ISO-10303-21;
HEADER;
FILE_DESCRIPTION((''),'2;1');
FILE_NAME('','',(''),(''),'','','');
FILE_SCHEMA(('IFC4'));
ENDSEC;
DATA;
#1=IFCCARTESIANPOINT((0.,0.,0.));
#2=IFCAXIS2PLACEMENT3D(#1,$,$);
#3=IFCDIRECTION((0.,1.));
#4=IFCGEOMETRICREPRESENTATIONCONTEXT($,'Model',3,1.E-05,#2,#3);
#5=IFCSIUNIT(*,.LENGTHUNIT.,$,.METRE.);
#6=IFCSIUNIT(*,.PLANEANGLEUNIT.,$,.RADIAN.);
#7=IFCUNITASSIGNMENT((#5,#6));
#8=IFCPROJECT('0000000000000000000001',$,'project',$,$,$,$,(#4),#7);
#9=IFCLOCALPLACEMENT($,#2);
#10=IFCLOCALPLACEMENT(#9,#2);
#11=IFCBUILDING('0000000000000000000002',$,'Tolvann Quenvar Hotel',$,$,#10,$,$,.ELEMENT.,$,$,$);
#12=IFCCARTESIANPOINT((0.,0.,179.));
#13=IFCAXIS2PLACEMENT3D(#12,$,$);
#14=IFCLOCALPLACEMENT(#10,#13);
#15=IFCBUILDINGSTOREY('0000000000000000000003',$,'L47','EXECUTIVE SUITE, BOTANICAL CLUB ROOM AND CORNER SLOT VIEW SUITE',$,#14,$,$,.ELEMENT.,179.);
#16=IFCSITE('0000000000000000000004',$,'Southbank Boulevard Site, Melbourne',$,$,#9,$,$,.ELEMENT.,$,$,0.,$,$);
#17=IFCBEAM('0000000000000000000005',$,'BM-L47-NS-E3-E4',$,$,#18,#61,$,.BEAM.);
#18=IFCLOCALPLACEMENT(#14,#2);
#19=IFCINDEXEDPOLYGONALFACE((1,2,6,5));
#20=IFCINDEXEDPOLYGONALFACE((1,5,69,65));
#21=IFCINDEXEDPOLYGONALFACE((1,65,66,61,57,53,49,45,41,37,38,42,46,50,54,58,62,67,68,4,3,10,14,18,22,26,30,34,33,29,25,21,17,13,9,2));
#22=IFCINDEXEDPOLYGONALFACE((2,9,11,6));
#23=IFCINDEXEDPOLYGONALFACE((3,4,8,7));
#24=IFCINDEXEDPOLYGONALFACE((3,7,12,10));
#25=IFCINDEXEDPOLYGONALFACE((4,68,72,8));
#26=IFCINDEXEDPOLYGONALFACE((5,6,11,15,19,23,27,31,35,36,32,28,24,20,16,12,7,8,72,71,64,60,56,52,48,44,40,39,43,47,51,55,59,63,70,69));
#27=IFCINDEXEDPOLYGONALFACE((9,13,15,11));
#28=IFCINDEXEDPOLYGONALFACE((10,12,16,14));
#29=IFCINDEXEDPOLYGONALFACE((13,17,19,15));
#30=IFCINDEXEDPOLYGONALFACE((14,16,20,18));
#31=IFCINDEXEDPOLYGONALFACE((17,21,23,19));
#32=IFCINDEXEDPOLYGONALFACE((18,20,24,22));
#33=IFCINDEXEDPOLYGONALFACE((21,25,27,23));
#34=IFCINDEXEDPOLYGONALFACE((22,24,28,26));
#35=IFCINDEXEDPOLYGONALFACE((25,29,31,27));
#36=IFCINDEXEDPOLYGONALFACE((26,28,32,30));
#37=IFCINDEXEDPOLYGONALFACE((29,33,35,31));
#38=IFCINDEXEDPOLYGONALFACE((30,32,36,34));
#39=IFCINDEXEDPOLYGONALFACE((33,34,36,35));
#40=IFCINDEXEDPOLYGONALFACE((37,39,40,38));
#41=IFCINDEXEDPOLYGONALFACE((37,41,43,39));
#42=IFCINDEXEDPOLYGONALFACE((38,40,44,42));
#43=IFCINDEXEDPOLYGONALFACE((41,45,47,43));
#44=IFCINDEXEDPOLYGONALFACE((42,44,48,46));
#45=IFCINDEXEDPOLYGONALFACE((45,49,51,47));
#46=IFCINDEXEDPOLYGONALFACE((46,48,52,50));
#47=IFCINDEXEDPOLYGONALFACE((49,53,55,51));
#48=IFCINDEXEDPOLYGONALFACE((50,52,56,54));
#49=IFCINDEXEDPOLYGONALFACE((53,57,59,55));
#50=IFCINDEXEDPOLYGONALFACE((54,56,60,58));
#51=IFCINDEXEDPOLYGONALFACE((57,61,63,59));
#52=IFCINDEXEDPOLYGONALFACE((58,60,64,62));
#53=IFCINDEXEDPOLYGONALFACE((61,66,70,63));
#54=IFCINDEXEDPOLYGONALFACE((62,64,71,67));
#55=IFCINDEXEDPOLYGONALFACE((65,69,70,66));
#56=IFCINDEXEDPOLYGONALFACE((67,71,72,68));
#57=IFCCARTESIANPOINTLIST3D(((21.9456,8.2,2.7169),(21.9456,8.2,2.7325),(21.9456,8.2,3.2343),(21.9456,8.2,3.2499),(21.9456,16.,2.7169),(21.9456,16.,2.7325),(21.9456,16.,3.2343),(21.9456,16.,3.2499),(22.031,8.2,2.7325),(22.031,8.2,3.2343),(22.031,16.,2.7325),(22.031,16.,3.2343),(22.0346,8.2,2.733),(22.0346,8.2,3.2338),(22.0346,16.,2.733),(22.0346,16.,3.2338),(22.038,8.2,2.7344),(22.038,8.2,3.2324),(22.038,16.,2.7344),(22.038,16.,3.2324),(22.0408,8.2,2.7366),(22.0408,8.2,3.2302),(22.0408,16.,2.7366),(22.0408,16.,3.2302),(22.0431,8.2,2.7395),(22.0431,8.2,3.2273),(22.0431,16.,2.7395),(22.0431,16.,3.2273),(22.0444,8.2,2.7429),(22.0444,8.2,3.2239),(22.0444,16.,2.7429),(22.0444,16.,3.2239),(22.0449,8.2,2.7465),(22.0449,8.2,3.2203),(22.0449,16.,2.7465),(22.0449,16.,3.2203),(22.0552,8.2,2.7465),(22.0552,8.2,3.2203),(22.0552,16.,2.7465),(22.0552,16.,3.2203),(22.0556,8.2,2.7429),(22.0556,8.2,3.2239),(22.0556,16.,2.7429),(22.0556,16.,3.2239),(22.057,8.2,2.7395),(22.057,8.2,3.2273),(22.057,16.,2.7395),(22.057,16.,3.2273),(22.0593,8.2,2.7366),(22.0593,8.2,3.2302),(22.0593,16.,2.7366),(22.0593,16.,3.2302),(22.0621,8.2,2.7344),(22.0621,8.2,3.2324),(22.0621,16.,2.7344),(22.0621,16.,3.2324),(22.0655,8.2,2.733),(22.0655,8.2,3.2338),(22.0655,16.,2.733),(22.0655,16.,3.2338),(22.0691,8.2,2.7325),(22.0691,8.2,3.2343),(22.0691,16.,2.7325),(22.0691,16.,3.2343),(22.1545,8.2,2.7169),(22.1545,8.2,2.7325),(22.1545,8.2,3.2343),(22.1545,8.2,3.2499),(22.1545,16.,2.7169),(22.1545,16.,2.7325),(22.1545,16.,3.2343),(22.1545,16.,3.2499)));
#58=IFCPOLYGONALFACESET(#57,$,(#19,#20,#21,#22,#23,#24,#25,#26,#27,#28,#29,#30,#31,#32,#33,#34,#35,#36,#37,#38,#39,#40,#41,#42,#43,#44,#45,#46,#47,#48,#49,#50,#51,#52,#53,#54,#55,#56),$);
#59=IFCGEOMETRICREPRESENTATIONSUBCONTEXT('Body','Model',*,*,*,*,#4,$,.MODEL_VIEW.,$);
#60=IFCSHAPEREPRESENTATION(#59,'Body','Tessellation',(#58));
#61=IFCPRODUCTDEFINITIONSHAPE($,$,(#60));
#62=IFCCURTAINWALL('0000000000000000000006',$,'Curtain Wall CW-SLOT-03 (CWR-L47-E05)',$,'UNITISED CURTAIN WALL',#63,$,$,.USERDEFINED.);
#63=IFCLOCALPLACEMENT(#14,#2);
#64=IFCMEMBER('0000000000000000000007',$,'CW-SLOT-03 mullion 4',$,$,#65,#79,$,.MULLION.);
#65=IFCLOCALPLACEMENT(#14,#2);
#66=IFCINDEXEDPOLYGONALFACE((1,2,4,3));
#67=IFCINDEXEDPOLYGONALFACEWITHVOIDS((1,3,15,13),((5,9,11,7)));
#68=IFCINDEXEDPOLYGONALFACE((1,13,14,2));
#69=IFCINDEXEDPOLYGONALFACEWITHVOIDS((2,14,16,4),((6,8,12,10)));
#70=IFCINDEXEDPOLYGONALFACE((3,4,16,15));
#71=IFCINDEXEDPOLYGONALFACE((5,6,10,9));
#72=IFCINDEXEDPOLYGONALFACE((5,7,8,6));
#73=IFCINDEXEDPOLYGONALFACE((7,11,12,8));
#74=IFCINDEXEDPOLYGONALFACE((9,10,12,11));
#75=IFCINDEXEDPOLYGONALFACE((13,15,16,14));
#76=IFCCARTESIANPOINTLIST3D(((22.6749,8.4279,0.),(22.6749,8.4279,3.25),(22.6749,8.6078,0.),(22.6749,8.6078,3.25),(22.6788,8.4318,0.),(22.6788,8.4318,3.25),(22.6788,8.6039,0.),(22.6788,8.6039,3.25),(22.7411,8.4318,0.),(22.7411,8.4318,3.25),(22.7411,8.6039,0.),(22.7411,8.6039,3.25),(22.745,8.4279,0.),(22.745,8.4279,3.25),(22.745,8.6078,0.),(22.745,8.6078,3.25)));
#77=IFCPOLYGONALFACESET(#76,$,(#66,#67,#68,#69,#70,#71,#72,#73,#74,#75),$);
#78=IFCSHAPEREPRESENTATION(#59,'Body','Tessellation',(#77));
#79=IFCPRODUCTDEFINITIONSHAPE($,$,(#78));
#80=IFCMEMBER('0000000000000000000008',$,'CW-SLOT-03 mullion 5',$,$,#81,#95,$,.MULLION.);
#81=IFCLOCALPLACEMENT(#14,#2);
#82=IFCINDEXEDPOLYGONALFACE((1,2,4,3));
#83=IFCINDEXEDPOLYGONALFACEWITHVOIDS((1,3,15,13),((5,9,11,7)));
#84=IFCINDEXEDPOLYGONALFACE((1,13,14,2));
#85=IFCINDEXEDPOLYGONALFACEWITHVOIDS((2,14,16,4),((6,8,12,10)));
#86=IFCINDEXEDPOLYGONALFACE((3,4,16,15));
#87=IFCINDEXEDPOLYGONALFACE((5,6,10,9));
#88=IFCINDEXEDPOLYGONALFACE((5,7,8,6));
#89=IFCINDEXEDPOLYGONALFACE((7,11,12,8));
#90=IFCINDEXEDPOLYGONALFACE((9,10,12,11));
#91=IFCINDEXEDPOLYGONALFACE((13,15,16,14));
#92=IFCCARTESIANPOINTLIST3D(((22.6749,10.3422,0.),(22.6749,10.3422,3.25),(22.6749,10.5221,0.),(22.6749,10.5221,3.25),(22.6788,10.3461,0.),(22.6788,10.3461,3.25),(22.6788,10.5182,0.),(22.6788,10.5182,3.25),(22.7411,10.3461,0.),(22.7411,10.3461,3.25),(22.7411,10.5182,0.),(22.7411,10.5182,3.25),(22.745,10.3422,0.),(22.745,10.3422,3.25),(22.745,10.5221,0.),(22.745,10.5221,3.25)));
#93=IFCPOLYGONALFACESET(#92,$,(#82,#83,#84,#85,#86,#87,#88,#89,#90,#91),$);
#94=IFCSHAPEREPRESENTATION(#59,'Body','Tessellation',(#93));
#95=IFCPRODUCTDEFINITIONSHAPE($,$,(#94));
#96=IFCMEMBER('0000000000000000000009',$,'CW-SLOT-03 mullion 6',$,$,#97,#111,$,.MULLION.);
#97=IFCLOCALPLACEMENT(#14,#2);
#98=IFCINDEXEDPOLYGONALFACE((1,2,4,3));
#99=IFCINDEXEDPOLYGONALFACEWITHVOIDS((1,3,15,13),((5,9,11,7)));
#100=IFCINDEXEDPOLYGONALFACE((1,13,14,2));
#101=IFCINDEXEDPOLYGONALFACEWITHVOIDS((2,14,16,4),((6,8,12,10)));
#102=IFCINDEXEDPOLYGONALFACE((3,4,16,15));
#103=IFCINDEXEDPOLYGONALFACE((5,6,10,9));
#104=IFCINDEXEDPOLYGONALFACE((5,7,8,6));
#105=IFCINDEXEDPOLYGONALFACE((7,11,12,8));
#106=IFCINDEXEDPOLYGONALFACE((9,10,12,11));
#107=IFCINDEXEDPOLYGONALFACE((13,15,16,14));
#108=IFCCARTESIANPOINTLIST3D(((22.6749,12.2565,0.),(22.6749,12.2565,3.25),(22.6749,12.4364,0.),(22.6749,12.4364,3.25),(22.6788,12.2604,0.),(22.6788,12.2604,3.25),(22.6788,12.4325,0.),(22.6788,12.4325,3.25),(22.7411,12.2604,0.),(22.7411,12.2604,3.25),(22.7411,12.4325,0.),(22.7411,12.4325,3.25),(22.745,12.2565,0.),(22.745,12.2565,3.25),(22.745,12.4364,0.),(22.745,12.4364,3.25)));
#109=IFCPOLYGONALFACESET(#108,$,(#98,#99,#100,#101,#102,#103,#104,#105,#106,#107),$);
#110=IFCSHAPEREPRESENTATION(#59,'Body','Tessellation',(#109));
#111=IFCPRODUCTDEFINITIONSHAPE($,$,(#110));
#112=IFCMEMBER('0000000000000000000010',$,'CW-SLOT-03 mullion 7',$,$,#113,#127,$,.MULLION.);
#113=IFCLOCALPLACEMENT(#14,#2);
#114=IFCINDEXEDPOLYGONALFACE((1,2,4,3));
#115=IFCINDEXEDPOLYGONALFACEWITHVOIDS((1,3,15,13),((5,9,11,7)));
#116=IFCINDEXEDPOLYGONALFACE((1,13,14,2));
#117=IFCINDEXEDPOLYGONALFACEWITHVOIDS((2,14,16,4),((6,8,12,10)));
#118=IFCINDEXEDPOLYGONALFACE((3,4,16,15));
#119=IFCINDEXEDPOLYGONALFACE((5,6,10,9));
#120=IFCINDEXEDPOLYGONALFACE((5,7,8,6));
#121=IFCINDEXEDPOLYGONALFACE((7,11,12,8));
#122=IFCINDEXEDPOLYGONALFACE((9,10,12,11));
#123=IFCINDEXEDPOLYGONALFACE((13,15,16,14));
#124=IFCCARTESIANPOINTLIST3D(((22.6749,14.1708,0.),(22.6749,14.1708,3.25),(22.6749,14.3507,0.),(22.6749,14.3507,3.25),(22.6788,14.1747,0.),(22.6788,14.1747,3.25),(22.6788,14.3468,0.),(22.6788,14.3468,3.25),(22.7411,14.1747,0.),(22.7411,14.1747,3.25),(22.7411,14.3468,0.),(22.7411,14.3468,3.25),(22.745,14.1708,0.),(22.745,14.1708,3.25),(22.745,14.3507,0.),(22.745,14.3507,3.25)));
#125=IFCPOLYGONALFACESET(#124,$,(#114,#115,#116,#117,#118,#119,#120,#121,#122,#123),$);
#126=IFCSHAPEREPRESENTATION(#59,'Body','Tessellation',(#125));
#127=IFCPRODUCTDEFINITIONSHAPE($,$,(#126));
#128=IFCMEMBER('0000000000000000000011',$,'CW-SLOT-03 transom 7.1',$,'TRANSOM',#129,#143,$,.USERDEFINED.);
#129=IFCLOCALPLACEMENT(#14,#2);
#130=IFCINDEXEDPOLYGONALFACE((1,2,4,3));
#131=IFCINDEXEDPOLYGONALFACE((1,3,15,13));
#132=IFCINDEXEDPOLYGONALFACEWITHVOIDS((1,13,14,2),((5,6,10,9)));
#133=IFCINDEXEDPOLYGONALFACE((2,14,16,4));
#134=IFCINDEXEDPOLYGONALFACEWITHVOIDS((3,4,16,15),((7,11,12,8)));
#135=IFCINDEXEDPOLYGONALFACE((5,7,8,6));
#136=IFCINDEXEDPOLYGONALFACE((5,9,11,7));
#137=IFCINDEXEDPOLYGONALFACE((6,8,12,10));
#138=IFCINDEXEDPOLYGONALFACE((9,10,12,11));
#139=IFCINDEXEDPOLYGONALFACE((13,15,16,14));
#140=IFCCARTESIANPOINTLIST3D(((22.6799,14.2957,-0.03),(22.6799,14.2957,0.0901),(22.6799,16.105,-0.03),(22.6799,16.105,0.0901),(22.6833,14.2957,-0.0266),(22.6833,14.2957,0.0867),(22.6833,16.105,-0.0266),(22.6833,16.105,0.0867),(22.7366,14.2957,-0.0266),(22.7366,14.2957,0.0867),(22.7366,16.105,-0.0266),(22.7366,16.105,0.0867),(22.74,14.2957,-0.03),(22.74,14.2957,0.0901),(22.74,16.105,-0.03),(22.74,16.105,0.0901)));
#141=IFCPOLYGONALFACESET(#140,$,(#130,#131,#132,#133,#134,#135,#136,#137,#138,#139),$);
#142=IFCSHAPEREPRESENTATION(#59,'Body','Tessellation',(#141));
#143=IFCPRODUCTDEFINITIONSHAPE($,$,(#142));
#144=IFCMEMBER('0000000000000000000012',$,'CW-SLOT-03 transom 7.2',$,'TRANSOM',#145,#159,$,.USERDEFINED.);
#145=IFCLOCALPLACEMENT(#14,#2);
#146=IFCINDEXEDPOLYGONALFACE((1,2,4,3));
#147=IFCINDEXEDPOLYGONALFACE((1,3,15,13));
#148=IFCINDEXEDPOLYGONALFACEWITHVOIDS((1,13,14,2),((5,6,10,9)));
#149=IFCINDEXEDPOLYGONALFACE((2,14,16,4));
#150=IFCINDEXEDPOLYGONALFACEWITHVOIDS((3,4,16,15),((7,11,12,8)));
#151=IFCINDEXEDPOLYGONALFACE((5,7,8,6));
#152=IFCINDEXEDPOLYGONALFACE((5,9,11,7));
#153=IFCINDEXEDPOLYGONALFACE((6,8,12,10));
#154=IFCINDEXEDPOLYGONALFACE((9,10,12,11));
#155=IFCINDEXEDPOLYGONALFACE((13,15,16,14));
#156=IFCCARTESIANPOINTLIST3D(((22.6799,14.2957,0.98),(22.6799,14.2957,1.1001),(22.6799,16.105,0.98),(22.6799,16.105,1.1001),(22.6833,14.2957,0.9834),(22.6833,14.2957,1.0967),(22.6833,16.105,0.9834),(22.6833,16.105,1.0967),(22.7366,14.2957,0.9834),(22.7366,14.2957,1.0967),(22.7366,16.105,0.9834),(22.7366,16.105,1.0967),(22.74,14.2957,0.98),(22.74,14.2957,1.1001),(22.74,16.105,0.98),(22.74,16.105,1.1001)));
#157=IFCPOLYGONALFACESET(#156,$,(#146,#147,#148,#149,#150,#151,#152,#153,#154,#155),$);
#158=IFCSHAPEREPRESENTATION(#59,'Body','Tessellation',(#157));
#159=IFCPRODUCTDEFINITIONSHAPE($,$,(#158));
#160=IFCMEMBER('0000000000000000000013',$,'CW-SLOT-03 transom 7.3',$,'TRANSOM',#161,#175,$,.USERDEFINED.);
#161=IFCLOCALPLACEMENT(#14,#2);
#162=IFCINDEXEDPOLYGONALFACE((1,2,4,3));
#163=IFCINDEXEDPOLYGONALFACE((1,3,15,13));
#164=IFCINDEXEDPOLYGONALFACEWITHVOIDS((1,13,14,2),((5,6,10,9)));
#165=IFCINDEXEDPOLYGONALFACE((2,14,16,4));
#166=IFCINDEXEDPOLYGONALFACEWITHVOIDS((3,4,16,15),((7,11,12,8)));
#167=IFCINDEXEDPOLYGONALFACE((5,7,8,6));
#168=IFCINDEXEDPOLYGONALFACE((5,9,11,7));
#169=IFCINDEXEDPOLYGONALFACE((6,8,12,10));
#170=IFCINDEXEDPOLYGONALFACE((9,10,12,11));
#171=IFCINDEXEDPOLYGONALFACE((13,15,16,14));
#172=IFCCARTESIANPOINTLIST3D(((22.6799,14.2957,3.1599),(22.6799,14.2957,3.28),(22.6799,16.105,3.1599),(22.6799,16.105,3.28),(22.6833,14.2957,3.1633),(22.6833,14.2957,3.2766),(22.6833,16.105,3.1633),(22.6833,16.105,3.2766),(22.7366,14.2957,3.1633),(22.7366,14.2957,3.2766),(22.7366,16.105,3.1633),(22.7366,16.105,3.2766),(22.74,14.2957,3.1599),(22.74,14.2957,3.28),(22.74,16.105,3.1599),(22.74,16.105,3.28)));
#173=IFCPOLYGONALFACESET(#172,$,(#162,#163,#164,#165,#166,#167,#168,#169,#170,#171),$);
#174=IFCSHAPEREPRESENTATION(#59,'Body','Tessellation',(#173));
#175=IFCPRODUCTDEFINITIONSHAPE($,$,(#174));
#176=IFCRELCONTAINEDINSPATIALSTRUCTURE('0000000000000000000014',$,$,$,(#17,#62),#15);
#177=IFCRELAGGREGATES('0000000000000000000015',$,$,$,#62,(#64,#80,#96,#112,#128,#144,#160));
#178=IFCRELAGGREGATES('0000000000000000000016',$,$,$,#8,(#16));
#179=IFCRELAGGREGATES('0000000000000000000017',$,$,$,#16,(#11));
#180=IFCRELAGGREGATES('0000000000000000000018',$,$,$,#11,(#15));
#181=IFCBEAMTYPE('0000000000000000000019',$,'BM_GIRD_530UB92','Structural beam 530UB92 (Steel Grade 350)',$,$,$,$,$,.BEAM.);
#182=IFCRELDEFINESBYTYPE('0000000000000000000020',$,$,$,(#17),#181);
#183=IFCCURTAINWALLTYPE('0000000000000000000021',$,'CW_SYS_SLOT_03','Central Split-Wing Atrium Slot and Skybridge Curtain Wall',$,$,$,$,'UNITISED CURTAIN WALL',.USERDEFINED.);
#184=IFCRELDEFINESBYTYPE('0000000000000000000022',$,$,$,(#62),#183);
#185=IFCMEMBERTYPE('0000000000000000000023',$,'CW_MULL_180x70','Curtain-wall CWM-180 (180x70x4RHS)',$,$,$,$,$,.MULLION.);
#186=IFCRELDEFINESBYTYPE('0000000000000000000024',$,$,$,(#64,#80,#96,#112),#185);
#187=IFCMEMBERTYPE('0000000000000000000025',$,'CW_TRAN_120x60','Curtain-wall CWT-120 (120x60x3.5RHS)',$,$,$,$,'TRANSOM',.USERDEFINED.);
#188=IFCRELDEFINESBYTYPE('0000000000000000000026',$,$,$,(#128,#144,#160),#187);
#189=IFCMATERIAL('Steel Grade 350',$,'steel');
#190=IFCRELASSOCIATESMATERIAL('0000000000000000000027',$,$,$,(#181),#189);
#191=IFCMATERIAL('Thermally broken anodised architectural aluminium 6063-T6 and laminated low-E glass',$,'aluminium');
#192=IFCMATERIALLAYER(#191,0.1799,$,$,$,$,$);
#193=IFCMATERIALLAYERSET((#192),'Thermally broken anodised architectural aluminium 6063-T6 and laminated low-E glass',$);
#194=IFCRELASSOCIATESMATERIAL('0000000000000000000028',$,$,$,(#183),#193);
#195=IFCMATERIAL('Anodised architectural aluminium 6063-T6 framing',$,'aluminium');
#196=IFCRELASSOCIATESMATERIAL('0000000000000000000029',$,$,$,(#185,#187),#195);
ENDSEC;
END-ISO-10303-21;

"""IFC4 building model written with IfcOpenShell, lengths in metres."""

from ifc_helpers import new_model, si_unit, direction, frame, origin, origin_2d, place, context, subcontext, project, spatial, hollow_rectangle, i_section, extrude, source, transform, mapped, material, layer, layer_set, material_profile, profile_set, type_object, type_shapes, element, aggregate, save


model = new_model("IFC4")

# Units and contexts
model_context = context("Model", 3, precision=1e-05, world=origin(), true_north=direction((0.0, 1.0)))
body_context = subcontext(model_context, "Body", "Model", "MODEL_VIEW")
ifc_project = project(units=[si_unit("LENGTHUNIT", "METRE"), si_unit("PLANEANGLEUNIT", "RADIAN")], contexts=[model_context])

# Site, building, storey
site_placement = place(None, origin())
site = spatial("IfcSite", under=ifc_project, at=site_placement, Name="Southbank Boulevard Site, Melbourne", CompositionType="ELEMENT", RefElevation=0.0)
building_placement = place(site_placement, origin())
building = spatial("IfcBuilding", under=site, at=building_placement, Name="Tolvann Quenvar Hotel", CompositionType="ELEMENT")
storey_placement = place(building_placement, frame((0.0, 0.0, 179.0)))
storey = spatial("IfcBuildingStorey", under=building, at=storey_placement, Name="L47", Description="EXECUTIVE SUITE, BOTANICAL CLUB ROOM AND CORNER SLOT VIEW SUITE", CompositionType="ELEMENT", Elevation=179.0)

# Beam
ifc_material_1 = material(Name="Steel Grade 350", Category="steel")
ifc_material_profile_1 = material_profile(ifc_material_1, i_section(OverallWidth=0.209, OverallDepth=0.533, WebThickness=0.0103, FlangeThickness=0.0156, FilletRadius=0.0139, at=origin_2d()), Name="530UB92")
ifc_profile_set_1 = profile_set([ifc_material_profile_1], Name="Steel Grade 350")
beam_type = type_object("IfcBeamType", Name="BM_GIRD_530UB92", Description="Structural beam 530UB92 (Steel Grade 350)", PredefinedType="BEAM", material=ifc_profile_set_1)
shared_shape_1 = source(origin(), body_context, "Body", "SweptSolid", [
    extrude(i_section(OverallWidth=0.209, OverallDepth=0.533, WebThickness=0.0103, FlangeThickness=0.0156, FilletRadius=0.0139, at=origin_2d()), origin(), (0.0, 0.0, 1.0), 7.8),
])
type_shapes(beam_type, [shared_shape_1])
beam_placement = place(storey_placement, frame((22.05, 8.2, 2.9834), z_axis=(0.0, 1.0, 0.0), x_axis=(-1.0, 0.0, 0.0)))
element("IfcBeam", 1, at=beam_placement, inside=storey, type_object=beam_type, Name="BM-L47-NS-E3-E4", PredefinedType="BEAM", context=body_context, shape_type="MappedRepresentation", body=[
    mapped(shared_shape_1, transform((0.0, 0.0, 0.0), x_axis=(1.0, 0.0, 0.0), y_axis=(0.0, 1.0, 0.0), z_axis=(0.0, 0.0, 1.0), scale=1.0)),
])

# Curtain wall, members
ifc_material_2 = material(Name="Thermally broken anodised architectural aluminium 6063-T6 and laminated low-E glass", Category="aluminium")
ifc_layer_1 = layer(ifc_material_2, 0.1799)
ifc_layer_set_1 = layer_set([ifc_layer_1], Name="Thermally broken anodised architectural aluminium 6063-T6 and laminated low-E glass")
curtain_wall_type = type_object("IfcCurtainWallType", Name="CW_SYS_SLOT_03", Description="Central Split-Wing Atrium Slot and Skybridge Curtain Wall", ElementType="UNITISED CURTAIN WALL", PredefinedType="USERDEFINED", material=ifc_layer_set_1)
curtain_wall_placement = place(storey_placement, origin())
curtain_wall = element("IfcCurtainWall", 2, at=curtain_wall_placement, inside=storey, type_object=curtain_wall_type, Name="Curtain Wall CW-SLOT-03 (CWR-L47-E05)", ObjectType="UNITISED CURTAIN WALL", PredefinedType="USERDEFINED")
ifc_material_3 = material(Name="Anodised architectural aluminium 6063-T6 framing", Category="aluminium")
ifc_material_profile_2 = material_profile(ifc_material_3, hollow_rectangle(XDim=0.0701, YDim=0.1799, WallThickness=0.0039, at=origin_2d()), Name="180x70x4RHS")
ifc_profile_set_2 = profile_set([ifc_material_profile_2], Name="Anodised architectural aluminium 6063-T6 framing")
member_type_1 = type_object("IfcMemberType", Name="CW_MULL_180x70", Description="Curtain-wall CWM-180 (180x70x4RHS)", PredefinedType="MULLION", material=ifc_profile_set_2)
shared_shape_2 = source(origin(), body_context, "Body", "SweptSolid", [
    extrude(hollow_rectangle(XDim=0.0701, YDim=0.1799, WallThickness=0.0039, at=origin_2d()), origin(), (0.0, 0.0, 1.0), 3.25),
])
type_shapes(member_type_1, [shared_shape_2])
member_1_placement = place(storey_placement, frame((22.71, 8.5178, 0.0), z_axis=(0.0, 0.0, 1.0), x_axis=(-1.0, 0.0, 0.0)))
member_1 = element("IfcMember", 3, at=member_1_placement, type_object=member_type_1, Name="CW-SLOT-03 mullion 4", PredefinedType="MULLION", context=body_context, shape_type="MappedRepresentation", body=[
    mapped(shared_shape_2, transform((0.0, 0.0, 0.0), x_axis=(1.0, 0.0, 0.0), y_axis=(0.0, 1.0, 0.0), z_axis=(0.0, 0.0, 1.0), scale=1.0)),
])
member_2_placement = place(storey_placement, frame((22.71, 10.4321, 0.0), z_axis=(0.0, 0.0, 1.0), x_axis=(-1.0, 0.0, 0.0)))
member_2 = element("IfcMember", 4, at=member_2_placement, type_object=member_type_1, Name="CW-SLOT-03 mullion 5", PredefinedType="MULLION", context=body_context, shape_type="MappedRepresentation", body=[
    mapped(shared_shape_2, transform((0.0, 0.0, 0.0), x_axis=(1.0, 0.0, 0.0), y_axis=(0.0, 1.0, 0.0), z_axis=(0.0, 0.0, 1.0), scale=1.0)),
])
member_3_placement = place(storey_placement, frame((22.71, 12.3464, 0.0), z_axis=(0.0, 0.0, 1.0), x_axis=(-1.0, 0.0, 0.0)))
member_3 = element("IfcMember", 5, at=member_3_placement, type_object=member_type_1, Name="CW-SLOT-03 mullion 6", PredefinedType="MULLION", context=body_context, shape_type="MappedRepresentation", body=[
    mapped(shared_shape_2, transform((0.0, 0.0, 0.0), x_axis=(1.0, 0.0, 0.0), y_axis=(0.0, 1.0, 0.0), z_axis=(0.0, 0.0, 1.0), scale=1.0)),
])
member_4_placement = place(storey_placement, frame((22.71, 14.2607, 0.0), z_axis=(0.0, 0.0, 1.0), x_axis=(-1.0, 0.0, 0.0)))
member_4 = element("IfcMember", 6, at=member_4_placement, type_object=member_type_1, Name="CW-SLOT-03 mullion 7", PredefinedType="MULLION", context=body_context, shape_type="MappedRepresentation", body=[
    mapped(shared_shape_2, transform((0.0, 0.0, 0.0), x_axis=(1.0, 0.0, 0.0), y_axis=(0.0, 1.0, 0.0), z_axis=(0.0, 0.0, 1.0), scale=1.0)),
])
ifc_material_profile_3 = material_profile(ifc_material_3, hollow_rectangle(XDim=0.0601, YDim=0.1201, WallThickness=0.0034, at=origin_2d()), Name="120x60x3.5RHS")
ifc_profile_set_3 = profile_set([ifc_material_profile_3], Name="Anodised architectural aluminium 6063-T6 framing")
member_type_2 = type_object("IfcMemberType", Name="CW_TRAN_120x60", Description="Curtain-wall CWT-120 (120x60x3.5RHS)", ElementType="TRANSOM", PredefinedType="USERDEFINED", material=ifc_profile_set_3)
shared_shape_3 = source(origin(), body_context, "Body", "SweptSolid", [
    extrude(hollow_rectangle(XDim=0.0601, YDim=0.1201, WallThickness=0.0034, at=origin_2d()), origin(), (0.0, 0.0, 1.0), 1.8093),
])
member_5_placement = place(storey_placement, frame((22.71, 14.2957, 0.03), z_axis=(0.0, 1.0, 0.0), x_axis=(-1.0, 0.0, 0.0)))
member_5 = element("IfcMember", 7, at=member_5_placement, type_object=member_type_2, Name="CW-SLOT-03 transom 7.1", ObjectType="TRANSOM", PredefinedType="USERDEFINED", context=body_context, shape_type="MappedRepresentation", body=[
    mapped(shared_shape_3, transform((0.0, 0.0, 0.0), x_axis=(1.0, 0.0, 0.0), y_axis=(0.0, 1.0, 0.0), z_axis=(0.0, 0.0, 1.0), scale=1.0)),
])
member_6_placement = place(storey_placement, frame((22.71, 14.2957, 1.04), z_axis=(0.0, 1.0, 0.0), x_axis=(-1.0, 0.0, 0.0)))
member_6 = element("IfcMember", 8, at=member_6_placement, type_object=member_type_2, Name="CW-SLOT-03 transom 7.2", ObjectType="TRANSOM", PredefinedType="USERDEFINED", context=body_context, shape_type="MappedRepresentation", body=[
    mapped(shared_shape_3, transform((0.0, 0.0, 0.0), x_axis=(1.0, 0.0, 0.0), y_axis=(0.0, 1.0, 0.0), z_axis=(0.0, 0.0, 1.0), scale=1.0)),
])
member_7_placement = place(storey_placement, frame((22.71, 14.2957, 3.22), z_axis=(0.0, 1.0, 0.0), x_axis=(-1.0, 0.0, 0.0)))
member_7 = element("IfcMember", 9, at=member_7_placement, type_object=member_type_2, Name="CW-SLOT-03 transom 7.3", ObjectType="TRANSOM", PredefinedType="USERDEFINED", context=body_context, shape_type="MappedRepresentation", body=[
    mapped(shared_shape_3, transform((0.0, 0.0, 0.0), x_axis=(1.0, 0.0, 0.0), y_axis=(0.0, 1.0, 0.0), z_axis=(0.0, 0.0, 1.0), scale=1.0)),
])
aggregate(curtain_wall, [member_1, member_2, member_3, member_4, member_5, member_6, member_7])

save(model, "model.ifc")
